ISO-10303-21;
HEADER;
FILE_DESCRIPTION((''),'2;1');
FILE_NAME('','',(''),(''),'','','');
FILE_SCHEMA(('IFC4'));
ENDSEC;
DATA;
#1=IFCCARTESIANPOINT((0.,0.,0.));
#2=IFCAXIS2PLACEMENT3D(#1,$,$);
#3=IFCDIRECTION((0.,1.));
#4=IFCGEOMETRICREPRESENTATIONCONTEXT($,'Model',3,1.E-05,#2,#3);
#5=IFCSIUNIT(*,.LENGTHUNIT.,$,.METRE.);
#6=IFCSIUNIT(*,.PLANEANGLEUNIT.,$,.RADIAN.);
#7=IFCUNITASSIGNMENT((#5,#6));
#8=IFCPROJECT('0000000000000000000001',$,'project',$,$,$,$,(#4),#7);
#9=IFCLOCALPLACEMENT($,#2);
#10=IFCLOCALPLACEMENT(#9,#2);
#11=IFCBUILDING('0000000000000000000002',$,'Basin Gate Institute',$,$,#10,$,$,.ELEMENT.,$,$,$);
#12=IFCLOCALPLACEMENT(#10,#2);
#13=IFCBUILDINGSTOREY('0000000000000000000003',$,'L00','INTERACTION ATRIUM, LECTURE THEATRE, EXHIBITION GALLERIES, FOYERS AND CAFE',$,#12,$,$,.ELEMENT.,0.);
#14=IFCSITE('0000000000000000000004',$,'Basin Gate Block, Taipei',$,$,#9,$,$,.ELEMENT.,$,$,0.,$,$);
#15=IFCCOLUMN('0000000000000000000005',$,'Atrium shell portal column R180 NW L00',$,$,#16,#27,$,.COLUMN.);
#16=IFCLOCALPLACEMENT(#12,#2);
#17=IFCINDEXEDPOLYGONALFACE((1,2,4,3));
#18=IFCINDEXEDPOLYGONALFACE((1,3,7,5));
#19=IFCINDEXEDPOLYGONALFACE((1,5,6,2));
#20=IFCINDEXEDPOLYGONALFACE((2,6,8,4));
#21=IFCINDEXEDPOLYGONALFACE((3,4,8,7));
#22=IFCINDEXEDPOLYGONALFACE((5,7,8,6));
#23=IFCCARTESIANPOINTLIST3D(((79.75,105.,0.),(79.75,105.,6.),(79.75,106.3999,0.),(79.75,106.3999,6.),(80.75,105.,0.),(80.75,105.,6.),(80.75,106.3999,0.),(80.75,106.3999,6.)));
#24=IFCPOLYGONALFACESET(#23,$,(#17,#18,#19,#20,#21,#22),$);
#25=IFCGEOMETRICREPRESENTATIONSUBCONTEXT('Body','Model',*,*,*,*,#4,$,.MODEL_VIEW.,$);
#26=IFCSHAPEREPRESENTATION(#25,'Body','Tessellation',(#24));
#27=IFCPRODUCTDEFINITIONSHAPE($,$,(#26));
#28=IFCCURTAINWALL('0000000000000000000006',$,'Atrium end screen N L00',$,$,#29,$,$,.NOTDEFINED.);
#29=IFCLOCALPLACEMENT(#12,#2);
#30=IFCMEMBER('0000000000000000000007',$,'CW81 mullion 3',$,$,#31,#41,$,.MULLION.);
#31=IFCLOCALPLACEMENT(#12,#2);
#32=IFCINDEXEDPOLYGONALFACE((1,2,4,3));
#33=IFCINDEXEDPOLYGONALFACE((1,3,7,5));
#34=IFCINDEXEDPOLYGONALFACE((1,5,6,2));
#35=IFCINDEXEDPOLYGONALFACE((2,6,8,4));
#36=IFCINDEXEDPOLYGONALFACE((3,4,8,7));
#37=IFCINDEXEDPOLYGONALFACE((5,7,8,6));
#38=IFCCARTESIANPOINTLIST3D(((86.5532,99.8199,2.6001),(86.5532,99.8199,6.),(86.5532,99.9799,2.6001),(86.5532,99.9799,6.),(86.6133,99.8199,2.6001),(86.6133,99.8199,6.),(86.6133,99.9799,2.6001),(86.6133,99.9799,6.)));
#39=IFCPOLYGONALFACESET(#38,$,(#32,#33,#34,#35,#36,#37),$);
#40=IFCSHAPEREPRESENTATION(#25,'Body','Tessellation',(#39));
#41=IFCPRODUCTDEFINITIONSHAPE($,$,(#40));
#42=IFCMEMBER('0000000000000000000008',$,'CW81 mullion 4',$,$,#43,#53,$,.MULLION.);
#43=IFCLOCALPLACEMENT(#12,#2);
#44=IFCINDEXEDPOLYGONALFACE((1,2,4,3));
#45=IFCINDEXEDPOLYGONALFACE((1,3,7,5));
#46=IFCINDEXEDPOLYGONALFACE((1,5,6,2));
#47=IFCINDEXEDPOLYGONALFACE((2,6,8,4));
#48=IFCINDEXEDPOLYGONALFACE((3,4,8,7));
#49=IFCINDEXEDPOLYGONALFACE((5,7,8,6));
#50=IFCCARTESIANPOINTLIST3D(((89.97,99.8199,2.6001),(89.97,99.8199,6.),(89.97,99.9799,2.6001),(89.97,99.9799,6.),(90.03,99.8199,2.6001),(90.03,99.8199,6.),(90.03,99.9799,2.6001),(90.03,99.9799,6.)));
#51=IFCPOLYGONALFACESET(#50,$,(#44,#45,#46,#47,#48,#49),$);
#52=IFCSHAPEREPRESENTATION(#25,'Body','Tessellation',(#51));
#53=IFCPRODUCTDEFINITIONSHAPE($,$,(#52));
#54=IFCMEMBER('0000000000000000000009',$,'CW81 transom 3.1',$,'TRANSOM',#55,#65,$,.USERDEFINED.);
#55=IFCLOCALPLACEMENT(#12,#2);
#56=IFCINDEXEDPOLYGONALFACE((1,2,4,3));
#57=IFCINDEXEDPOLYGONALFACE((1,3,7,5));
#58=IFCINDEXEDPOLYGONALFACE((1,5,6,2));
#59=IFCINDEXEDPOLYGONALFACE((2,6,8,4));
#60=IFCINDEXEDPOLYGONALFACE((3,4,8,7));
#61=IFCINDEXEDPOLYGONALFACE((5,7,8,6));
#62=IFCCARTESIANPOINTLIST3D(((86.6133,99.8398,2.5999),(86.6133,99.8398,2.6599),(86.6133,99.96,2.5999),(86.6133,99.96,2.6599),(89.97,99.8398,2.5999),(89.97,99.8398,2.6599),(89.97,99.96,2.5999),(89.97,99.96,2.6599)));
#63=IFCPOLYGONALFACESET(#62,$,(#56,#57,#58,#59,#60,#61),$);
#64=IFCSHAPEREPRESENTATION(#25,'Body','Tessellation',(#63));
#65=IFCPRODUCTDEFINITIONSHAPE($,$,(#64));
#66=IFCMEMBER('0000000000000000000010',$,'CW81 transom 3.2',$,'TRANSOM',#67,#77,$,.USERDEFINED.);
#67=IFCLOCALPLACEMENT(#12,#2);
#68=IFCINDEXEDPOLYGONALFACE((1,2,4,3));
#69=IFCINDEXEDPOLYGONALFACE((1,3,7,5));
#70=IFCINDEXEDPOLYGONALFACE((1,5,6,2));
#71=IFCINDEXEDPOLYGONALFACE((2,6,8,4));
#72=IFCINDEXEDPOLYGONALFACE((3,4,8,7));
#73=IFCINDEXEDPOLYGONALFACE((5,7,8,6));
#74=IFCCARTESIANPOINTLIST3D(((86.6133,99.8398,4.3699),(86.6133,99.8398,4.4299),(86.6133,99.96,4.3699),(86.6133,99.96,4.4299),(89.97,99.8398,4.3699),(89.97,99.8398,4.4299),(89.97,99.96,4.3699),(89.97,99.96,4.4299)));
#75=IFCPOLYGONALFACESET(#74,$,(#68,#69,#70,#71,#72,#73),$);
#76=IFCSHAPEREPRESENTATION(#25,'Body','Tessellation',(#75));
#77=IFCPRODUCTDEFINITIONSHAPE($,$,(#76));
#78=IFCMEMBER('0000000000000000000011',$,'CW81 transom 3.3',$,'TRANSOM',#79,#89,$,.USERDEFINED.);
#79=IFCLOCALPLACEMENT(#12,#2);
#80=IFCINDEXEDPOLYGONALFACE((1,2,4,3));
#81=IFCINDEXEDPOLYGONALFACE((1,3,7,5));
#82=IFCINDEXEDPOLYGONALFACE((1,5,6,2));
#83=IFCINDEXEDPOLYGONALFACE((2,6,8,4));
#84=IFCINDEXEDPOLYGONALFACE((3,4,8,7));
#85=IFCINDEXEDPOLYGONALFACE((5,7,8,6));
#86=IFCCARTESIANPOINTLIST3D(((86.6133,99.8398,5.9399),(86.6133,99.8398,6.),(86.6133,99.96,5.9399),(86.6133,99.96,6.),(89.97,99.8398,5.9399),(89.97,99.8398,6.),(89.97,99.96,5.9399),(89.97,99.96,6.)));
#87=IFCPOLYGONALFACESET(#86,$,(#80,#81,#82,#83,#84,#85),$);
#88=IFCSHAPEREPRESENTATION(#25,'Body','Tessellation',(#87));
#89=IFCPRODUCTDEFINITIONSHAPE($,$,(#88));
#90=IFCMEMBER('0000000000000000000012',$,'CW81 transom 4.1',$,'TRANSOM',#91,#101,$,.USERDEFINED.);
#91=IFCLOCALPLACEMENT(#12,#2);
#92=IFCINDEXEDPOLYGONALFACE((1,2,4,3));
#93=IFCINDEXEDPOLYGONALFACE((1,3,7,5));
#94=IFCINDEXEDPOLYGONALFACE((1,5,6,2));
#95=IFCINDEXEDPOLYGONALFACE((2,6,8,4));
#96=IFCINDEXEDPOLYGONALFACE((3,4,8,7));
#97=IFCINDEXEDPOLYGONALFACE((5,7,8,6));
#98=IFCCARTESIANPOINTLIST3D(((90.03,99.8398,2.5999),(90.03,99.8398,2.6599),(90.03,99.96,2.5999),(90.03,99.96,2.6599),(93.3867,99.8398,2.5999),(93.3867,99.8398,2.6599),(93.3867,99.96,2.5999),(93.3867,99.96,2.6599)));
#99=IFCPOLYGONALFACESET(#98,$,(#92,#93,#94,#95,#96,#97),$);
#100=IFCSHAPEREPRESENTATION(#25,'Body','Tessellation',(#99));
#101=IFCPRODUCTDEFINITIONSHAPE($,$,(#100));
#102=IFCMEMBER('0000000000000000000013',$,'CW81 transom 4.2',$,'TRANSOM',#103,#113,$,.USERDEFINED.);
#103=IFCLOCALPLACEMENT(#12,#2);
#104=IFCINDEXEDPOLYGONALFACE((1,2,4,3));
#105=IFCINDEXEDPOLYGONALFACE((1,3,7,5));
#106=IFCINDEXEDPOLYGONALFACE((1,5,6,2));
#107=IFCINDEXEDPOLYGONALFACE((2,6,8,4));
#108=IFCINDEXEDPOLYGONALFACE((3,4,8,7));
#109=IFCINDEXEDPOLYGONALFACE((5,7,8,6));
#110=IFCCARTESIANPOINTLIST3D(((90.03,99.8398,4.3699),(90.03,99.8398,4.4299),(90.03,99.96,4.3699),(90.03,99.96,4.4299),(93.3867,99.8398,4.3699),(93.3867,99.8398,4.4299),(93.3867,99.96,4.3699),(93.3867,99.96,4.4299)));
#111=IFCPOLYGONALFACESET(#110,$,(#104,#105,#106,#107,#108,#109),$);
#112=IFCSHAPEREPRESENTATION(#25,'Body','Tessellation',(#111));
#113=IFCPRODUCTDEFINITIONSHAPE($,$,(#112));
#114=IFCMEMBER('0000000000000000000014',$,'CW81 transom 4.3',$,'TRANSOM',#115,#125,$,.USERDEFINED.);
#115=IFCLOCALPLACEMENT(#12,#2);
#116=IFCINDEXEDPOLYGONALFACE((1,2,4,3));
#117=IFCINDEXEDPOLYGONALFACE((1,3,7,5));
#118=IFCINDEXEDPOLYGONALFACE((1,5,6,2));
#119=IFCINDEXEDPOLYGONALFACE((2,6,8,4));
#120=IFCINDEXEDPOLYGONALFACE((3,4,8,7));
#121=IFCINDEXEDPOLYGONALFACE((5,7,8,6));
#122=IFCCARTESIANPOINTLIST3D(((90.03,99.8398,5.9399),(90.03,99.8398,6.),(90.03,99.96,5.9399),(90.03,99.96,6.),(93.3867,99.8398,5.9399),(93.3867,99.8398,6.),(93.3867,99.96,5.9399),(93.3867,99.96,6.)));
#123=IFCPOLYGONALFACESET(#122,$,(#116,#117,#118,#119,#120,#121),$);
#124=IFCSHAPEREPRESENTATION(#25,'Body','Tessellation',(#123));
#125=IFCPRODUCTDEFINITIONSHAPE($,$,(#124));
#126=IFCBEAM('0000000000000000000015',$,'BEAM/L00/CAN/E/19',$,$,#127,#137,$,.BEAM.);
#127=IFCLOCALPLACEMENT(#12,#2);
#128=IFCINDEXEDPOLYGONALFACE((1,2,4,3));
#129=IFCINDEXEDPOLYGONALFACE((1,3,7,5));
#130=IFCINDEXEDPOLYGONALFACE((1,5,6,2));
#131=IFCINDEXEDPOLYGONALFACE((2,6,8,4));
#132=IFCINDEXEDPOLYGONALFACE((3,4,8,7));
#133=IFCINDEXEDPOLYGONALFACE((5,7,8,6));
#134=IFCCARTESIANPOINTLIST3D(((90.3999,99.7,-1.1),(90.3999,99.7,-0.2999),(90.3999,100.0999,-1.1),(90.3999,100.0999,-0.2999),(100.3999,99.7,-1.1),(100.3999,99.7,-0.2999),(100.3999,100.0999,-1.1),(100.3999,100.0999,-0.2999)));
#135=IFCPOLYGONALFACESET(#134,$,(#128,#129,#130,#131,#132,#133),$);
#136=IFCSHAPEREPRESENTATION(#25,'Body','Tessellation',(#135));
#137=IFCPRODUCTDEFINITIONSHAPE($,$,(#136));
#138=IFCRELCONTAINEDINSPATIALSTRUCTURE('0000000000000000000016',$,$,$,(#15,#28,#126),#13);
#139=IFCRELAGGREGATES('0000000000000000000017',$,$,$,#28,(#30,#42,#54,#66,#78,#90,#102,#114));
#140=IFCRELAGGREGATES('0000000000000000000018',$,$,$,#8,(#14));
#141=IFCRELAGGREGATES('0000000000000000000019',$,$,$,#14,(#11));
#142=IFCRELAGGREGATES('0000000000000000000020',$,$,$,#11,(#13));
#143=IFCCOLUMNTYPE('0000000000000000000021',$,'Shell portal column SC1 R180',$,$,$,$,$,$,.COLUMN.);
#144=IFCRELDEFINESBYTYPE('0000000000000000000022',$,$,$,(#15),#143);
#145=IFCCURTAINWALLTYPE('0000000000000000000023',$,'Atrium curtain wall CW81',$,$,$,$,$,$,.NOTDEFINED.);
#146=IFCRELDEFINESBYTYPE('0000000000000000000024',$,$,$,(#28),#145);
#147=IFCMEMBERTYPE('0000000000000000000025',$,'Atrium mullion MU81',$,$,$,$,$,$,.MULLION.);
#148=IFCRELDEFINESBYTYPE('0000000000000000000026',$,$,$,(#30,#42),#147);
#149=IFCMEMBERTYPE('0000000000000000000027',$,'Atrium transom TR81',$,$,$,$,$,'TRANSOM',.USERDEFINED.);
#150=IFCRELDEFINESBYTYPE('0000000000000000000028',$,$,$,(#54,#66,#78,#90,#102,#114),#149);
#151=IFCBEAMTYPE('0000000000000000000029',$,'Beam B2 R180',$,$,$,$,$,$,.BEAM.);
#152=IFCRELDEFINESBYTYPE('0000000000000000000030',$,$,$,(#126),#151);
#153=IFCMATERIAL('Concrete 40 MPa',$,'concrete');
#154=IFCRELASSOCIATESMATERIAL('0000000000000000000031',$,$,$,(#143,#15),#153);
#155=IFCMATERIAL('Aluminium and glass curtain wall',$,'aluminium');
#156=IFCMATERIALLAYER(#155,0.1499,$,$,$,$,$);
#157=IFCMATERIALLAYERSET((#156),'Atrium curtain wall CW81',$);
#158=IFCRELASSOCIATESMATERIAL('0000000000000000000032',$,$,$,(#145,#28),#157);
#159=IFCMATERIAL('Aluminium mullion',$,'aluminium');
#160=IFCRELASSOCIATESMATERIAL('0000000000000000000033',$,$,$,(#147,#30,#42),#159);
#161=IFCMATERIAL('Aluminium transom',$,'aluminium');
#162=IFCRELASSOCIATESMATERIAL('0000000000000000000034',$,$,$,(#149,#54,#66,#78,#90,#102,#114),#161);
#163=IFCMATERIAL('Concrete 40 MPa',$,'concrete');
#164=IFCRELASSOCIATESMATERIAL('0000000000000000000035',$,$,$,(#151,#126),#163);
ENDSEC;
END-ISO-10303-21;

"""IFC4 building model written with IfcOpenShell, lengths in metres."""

from ifc_helpers import new_model, si_unit, direction, frame, origin, origin_2d, place, context, subcontext, project, spatial, rectangle, extrude, material, layer, layer_set, material_profile, profile_set, type_object, element, aggregate, save


model = new_model("IFC4")

# Units and contexts
model_context = context("Model", 3, precision=1e-05, world=origin(), true_north=direction((0.0, 1.0)))
body_context = subcontext(model_context, "Body", "Model", "MODEL_VIEW")
ifc_project = project(units=[si_unit("LENGTHUNIT", "METRE"), si_unit("PLANEANGLEUNIT", "RADIAN")], contexts=[model_context])

# Site, building, storey
site_placement = place(None, origin())
site = spatial("IfcSite", under=ifc_project, at=site_placement, Name="Basin Gate Block, Taipei", CompositionType="ELEMENT", RefElevation=0.0)
building_placement = place(site_placement, origin())
building = spatial("IfcBuilding", under=site, at=building_placement, Name="Basin Gate Institute", CompositionType="ELEMENT")
storey_placement = place(building_placement, origin())
storey = spatial("IfcBuildingStorey", under=building, at=storey_placement, Name="L00", Description="INTERACTION ATRIUM, LECTURE THEATRE, EXHIBITION GALLERIES, FOYERS AND CAFE", CompositionType="ELEMENT", Elevation=0.0)

# Column
ifc_material_1 = material(Name="Concrete 40 MPa", Category="concrete")
ifc_material_profile_1 = material_profile(ifc_material_1, rectangle(XDim=1.0, YDim=1.3999, at=origin_2d()), Name="Shell portal column SC1 1000 x 1400")
ifc_profile_set_1 = profile_set([ifc_material_profile_1], Name="Concrete 40 MPa")
column_type = type_object("IfcColumnType", Name="Shell portal column SC1 R180", PredefinedType="COLUMN", material=ifc_profile_set_1)
column_placement = place(storey_placement, frame((80.25, 105.7, 0.0), z_axis=(0.0, 0.0, 1.0), x_axis=(1.0, 0.0, 0.0)))
element("IfcColumn", 1, at=column_placement, inside=storey, type_object=column_type, material=ifc_profile_set_1, Name="Atrium shell portal column R180 NW L00", PredefinedType="COLUMN", context=body_context, shape_type="SweptSolid", body=[
    extrude(rectangle(XDim=1.0, YDim=1.3999, at=origin_2d()), origin(), (0.0, 0.0, 1.0), 6.0),
])

# Curtain wall, members
ifc_material_2 = material(Name="Aluminium and glass curtain wall", Category="aluminium")
ifc_layer_1 = layer(ifc_material_2, 0.1499)
ifc_layer_set_1 = layer_set([ifc_layer_1], Name="Atrium curtain wall CW81")
curtain_wall_type = type_object("IfcCurtainWallType", Name="Atrium curtain wall CW81", PredefinedType="NOTDEFINED", material=ifc_layer_set_1)
curtain_wall_placement = place(storey_placement, origin())
curtain_wall = element("IfcCurtainWall", 2, at=curtain_wall_placement, inside=storey, type_object=curtain_wall_type, material=ifc_layer_set_1, Name="Atrium end screen N L00", PredefinedType="NOTDEFINED")
ifc_material_3 = material(Name="Aluminium mullion", Category="aluminium")
ifc_material_profile_2 = material_profile(ifc_material_3, rectangle(XDim=0.1599, YDim=0.0601, at=origin_2d()), Name="Atrium mullion MU81 160 x 60")
ifc_profile_set_2 = profile_set([ifc_material_profile_2], Name="Aluminium mullion")
member_type_1 = type_object("IfcMemberType", Name="Atrium mullion MU81", PredefinedType="MULLION", material=ifc_profile_set_2)
member_1_placement = place(storey_placement, frame((86.5833, 99.8999, 2.6001), z_axis=(0.0, 0.0, 1.0), x_axis=(0.0, 1.0, 0.0)))
member_1 = element("IfcMember", 3, at=member_1_placement, type_object=member_type_1, material=ifc_profile_set_2, Name="CW81 mullion 3", PredefinedType="MULLION", context=body_context, shape_type="SweptSolid", body=[
    extrude(rectangle(XDim=0.1599, YDim=0.0601, at=origin_2d()), origin(), (0.0, 0.0, 1.0), 3.3999),
])
member_2_placement = place(storey_placement, frame((90.0, 99.8999, 2.6001), z_axis=(0.0, 0.0, 1.0), x_axis=(0.0, 1.0, 0.0)))
member_2 = element("IfcMember", 4, at=member_2_placement, type_object=member_type_1, material=ifc_profile_set_2, Name="CW81 mullion 4", PredefinedType="MULLION", context=body_context, shape_type="SweptSolid", body=[
    extrude(rectangle(XDim=0.1599, YDim=0.0601, at=origin_2d()), origin(), (0.0, 0.0, 1.0), 3.3999),
])
ifc_material_4 = material(Name="Aluminium transom", Category="aluminium")
ifc_material_profile_3 = material_profile(ifc_material_4, rectangle(XDim=0.1201, YDim=0.0601, at=origin_2d()), Name="Atrium transom TR81 120 x 60")
ifc_profile_set_3 = profile_set([ifc_material_profile_3], Name="Aluminium transom")
member_type_2 = type_object("IfcMemberType", Name="Atrium transom TR81", ElementType="TRANSOM", PredefinedType="USERDEFINED", material=ifc_profile_set_3)
member_3_placement = place(storey_placement, frame((86.6133, 99.8999, 2.6299), z_axis=(1.0, 0.0, 0.0), x_axis=(0.0, 1.0, 0.0)))
member_3 = element("IfcMember", 5, at=member_3_placement, type_object=member_type_2, material=ifc_profile_set_3, Name="CW81 transom 3.1", ObjectType="TRANSOM", PredefinedType="USERDEFINED", context=body_context, shape_type="SweptSolid", body=[
    extrude(rectangle(XDim=0.1201, YDim=0.0601, at=origin_2d()), origin(), (0.0, 0.0, 1.0), 3.3567),
])
member_4_placement = place(storey_placement, frame((86.6133, 99.8999, 4.3999), z_axis=(1.0, 0.0, 0.0), x_axis=(0.0, 1.0, 0.0)))
member_4 = element("IfcMember", 6, at=member_4_placement, type_object=member_type_2, material=ifc_profile_set_3, Name="CW81 transom 3.2", ObjectType="TRANSOM", PredefinedType="USERDEFINED", context=body_context, shape_type="SweptSolid", body=[
    extrude(rectangle(XDim=0.1201, YDim=0.0601, at=origin_2d()), origin(), (0.0, 0.0, 1.0), 3.3567),
])
member_5_placement = place(storey_placement, frame((86.6133, 99.8999, 5.97), z_axis=(1.0, 0.0, 0.0), x_axis=(0.0, 1.0, 0.0)))
member_5 = element("IfcMember", 7, at=member_5_placement, type_object=member_type_2, material=ifc_profile_set_3, Name="CW81 transom 3.3", ObjectType="TRANSOM", PredefinedType="USERDEFINED", context=body_context, shape_type="SweptSolid", body=[
    extrude(rectangle(XDim=0.1201, YDim=0.0601, at=origin_2d()), origin(), (0.0, 0.0, 1.0), 3.3567),
])
member_6_placement = place(storey_placement, frame((90.03, 99.8999, 2.6299), z_axis=(1.0, 0.0, 0.0), x_axis=(0.0, 1.0, 0.0)))
member_6 = element("IfcMember", 8, at=member_6_placement, type_object=member_type_2, material=ifc_profile_set_3, Name="CW81 transom 4.1", ObjectType="TRANSOM", PredefinedType="USERDEFINED", context=body_context, shape_type="SweptSolid", body=[
    extrude(rectangle(XDim=0.1201, YDim=0.0601, at=origin_2d()), origin(), (0.0, 0.0, 1.0), 3.3567),
])
member_7_placement = place(storey_placement, frame((90.03, 99.8999, 4.3999), z_axis=(1.0, 0.0, 0.0), x_axis=(0.0, 1.0, 0.0)))
member_7 = element("IfcMember", 9, at=member_7_placement, type_object=member_type_2, material=ifc_profile_set_3, Name="CW81 transom 4.2", ObjectType="TRANSOM", PredefinedType="USERDEFINED", context=body_context, shape_type="SweptSolid", body=[
    extrude(rectangle(XDim=0.1201, YDim=0.0601, at=origin_2d()), origin(), (0.0, 0.0, 1.0), 3.3567),
])
member_8_placement = place(storey_placement, frame((90.03, 99.8999, 5.97), z_axis=(1.0, 0.0, 0.0), x_axis=(0.0, 1.0, 0.0)))
member_8 = element("IfcMember", 10, at=member_8_placement, type_object=member_type_2, material=ifc_profile_set_3, Name="CW81 transom 4.3", ObjectType="TRANSOM", PredefinedType="USERDEFINED", context=body_context, shape_type="SweptSolid", body=[
    extrude(rectangle(XDim=0.1201, YDim=0.0601, at=origin_2d()), origin(), (0.0, 0.0, 1.0), 3.3567),
])

# Beam
ifc_material_5 = material(Name="Concrete 40 MPa", Category="concrete")
ifc_material_profile_4 = material_profile(ifc_material_5, rectangle(XDim=0.3999, YDim=0.8, at=origin_2d()), Name="Beam B2 400 x 800")
ifc_profile_set_4 = profile_set([ifc_material_profile_4], Name="Concrete 40 MPa")
beam_type = type_object("IfcBeamType", Name="Beam B2 R180", PredefinedType="BEAM", material=ifc_profile_set_4)
beam_placement = place(storey_placement, frame((90.3999, 99.8999, -0.7), z_axis=(1.0, 0.0, 0.0), x_axis=(0.0, 1.0, 0.0)))
element("IfcBeam", 11, at=beam_placement, inside=storey, type_object=beam_type, material=ifc_profile_set_4, Name="BEAM/L00/CAN/E/19", PredefinedType="BEAM", context=body_context, shape_type="SweptSolid", body=[
    extrude(rectangle(XDim=0.3999, YDim=0.8, at=origin_2d()), origin(), (0.0, 0.0, 1.0), 10.0),
])

aggregate(curtain_wall, [member_1, member_2, member_3, member_4, member_5, member_6, member_7, member_8])

save(model, "model.ifc")
